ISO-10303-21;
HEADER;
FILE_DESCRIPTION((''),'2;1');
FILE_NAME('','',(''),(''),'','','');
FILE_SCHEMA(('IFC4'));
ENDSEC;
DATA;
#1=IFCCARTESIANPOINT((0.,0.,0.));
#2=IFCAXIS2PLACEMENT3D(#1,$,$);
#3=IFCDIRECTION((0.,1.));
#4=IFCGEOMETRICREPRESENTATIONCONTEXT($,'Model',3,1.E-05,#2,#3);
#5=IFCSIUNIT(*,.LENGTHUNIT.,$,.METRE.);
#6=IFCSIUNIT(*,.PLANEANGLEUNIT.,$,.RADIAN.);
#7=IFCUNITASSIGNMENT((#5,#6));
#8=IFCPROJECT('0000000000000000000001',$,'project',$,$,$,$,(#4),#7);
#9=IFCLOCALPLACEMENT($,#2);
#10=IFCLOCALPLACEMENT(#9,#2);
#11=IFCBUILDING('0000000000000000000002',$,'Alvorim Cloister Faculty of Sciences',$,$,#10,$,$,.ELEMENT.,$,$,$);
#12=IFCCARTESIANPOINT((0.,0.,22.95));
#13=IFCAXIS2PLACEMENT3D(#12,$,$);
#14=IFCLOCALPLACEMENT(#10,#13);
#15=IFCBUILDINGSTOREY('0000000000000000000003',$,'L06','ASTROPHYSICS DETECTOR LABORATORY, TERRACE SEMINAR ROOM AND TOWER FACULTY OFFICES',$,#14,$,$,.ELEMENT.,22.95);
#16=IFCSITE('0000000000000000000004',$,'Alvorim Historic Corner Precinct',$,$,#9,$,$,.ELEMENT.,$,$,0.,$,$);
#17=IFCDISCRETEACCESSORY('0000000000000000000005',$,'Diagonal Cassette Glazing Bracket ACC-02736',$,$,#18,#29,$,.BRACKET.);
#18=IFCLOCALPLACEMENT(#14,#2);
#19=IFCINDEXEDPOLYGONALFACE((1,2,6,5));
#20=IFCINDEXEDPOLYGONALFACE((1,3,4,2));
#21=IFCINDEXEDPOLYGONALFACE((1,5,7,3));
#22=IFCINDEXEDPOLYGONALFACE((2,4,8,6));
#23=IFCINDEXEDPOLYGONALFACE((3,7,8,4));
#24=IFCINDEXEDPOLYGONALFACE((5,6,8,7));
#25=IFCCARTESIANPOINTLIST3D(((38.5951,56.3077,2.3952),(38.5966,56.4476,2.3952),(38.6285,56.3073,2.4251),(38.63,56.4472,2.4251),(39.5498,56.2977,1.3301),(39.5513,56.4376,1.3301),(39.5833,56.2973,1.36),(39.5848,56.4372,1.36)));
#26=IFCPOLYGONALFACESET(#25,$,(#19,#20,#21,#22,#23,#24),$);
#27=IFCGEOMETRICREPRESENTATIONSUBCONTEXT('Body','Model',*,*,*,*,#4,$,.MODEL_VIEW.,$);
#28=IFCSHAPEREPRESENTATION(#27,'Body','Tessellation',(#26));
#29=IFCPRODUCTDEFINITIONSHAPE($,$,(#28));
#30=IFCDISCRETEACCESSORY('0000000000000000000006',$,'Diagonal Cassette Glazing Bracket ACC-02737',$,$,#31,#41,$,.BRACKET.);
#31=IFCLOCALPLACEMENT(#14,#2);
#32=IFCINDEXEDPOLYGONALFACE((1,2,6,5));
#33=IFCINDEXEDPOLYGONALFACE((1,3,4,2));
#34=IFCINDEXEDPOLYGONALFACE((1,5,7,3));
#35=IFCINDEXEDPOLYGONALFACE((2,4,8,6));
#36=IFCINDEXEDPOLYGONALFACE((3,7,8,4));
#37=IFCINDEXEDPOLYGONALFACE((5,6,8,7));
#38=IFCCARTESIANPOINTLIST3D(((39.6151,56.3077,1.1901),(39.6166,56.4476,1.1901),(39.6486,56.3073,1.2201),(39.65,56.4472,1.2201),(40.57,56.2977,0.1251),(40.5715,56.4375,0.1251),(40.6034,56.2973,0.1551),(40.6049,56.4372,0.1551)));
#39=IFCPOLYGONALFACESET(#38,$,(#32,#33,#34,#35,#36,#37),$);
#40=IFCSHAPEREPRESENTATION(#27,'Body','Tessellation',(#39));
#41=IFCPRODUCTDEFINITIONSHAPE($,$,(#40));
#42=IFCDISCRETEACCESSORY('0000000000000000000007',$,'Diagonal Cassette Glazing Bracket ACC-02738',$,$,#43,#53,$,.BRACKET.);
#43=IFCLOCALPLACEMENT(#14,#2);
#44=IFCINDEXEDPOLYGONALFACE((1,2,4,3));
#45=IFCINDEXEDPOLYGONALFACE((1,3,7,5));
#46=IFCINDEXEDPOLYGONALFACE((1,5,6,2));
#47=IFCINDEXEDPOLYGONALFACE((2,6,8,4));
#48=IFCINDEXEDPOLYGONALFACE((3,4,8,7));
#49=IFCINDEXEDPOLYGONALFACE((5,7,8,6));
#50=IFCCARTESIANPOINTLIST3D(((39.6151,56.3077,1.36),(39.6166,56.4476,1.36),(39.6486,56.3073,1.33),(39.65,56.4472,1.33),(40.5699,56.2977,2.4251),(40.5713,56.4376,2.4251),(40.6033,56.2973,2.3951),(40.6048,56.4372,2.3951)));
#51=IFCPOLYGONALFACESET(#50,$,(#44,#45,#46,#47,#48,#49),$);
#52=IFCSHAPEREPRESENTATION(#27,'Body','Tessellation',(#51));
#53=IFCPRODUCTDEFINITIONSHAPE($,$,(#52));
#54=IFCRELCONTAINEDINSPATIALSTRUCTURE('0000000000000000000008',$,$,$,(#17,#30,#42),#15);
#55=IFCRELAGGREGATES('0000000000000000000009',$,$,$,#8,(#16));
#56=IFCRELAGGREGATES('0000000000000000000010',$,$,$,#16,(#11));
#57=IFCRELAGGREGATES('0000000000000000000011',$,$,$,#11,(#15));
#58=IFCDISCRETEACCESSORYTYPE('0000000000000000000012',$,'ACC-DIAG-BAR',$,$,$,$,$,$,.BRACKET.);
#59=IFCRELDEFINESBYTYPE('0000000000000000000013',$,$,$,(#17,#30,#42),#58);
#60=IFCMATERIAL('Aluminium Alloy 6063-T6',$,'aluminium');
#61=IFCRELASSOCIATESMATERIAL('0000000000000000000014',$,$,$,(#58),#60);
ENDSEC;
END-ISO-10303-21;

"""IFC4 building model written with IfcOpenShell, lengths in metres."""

from ifc_helpers import new_model, si_unit, direction, frame, origin, origin_2d, place, context, subcontext, project, spatial, rectangle, extrude, material, type_object, element, save


model = new_model("IFC4")

# Units and contexts
model_context = context("Model", 3, precision=1e-05, world=origin(), true_north=direction((0.0, 1.0)))
body_context = subcontext(model_context, "Body", "Model", "MODEL_VIEW")
ifc_project = project(units=[si_unit("LENGTHUNIT", "METRE"), si_unit("PLANEANGLEUNIT", "RADIAN")], contexts=[model_context])

# Site, building, storey
site_placement = place(None, origin())
site = spatial("IfcSite", under=ifc_project, at=site_placement, Name="Alvorim Historic Corner Precinct", CompositionType="ELEMENT", RefElevation=0.0)
building_placement = place(site_placement, origin())
building = spatial("IfcBuilding", under=site, at=building_placement, Name="Alvorim Cloister Faculty of Sciences", CompositionType="ELEMENT")
storey_placement = place(building_placement, frame((0.0, 0.0, 22.95)))
storey = spatial("IfcBuildingStorey", under=building, at=storey_placement, Name="L06", Description="ASTROPHYSICS DETECTOR LABORATORY, TERRACE SEMINAR ROOM AND TOWER FACULTY OFFICES", CompositionType="ELEMENT", Elevation=22.95)

# Shared definitions
ifc_material_1 = material(Name="Aluminium Alloy 6063-T6", Category="aluminium")

# Discrete accessories
discrete_accessory_type = type_object("IfcDiscreteAccessoryType", Name="ACC-DIAG-BAR", PredefinedType="BRACKET", material=ifc_material_1)
for number, where, z_axis, x_axis, name in (
    (1, (38.6125, 56.3774, 2.4102), (0.667467, -0.006997, -0.744607), (0.010483, 0.999945, 0.0), "Diagonal Cassette Glazing Bracket ACC-02736"),
    (2, (39.6326, 56.3774, 1.2051), (0.667552, -0.006998, -0.744531), (0.010483, 0.999945, 0.0), "Diagonal Cassette Glazing Bracket ACC-02737"),
    (3, (39.6326, 56.3774, 1.345), (0.667467, -0.006997, 0.744607), (0.010483, 0.999945, 0.0), "Diagonal Cassette Glazing Bracket ACC-02738"),
):
    element("IfcDiscreteAccessory", number, at=place(storey_placement, frame(where, z_axis=z_axis, x_axis=x_axis)), inside=storey, type_object=discrete_accessory_type, Name=name, PredefinedType="BRACKET", context=body_context, shape_type="SweptSolid", body=[
        extrude(rectangle(XDim=0.1399, YDim=0.0449, at=origin_2d()), origin(), (0.0, 0.0, 1.0), 1.4304),
    ])

save(model, "model.ifc")
